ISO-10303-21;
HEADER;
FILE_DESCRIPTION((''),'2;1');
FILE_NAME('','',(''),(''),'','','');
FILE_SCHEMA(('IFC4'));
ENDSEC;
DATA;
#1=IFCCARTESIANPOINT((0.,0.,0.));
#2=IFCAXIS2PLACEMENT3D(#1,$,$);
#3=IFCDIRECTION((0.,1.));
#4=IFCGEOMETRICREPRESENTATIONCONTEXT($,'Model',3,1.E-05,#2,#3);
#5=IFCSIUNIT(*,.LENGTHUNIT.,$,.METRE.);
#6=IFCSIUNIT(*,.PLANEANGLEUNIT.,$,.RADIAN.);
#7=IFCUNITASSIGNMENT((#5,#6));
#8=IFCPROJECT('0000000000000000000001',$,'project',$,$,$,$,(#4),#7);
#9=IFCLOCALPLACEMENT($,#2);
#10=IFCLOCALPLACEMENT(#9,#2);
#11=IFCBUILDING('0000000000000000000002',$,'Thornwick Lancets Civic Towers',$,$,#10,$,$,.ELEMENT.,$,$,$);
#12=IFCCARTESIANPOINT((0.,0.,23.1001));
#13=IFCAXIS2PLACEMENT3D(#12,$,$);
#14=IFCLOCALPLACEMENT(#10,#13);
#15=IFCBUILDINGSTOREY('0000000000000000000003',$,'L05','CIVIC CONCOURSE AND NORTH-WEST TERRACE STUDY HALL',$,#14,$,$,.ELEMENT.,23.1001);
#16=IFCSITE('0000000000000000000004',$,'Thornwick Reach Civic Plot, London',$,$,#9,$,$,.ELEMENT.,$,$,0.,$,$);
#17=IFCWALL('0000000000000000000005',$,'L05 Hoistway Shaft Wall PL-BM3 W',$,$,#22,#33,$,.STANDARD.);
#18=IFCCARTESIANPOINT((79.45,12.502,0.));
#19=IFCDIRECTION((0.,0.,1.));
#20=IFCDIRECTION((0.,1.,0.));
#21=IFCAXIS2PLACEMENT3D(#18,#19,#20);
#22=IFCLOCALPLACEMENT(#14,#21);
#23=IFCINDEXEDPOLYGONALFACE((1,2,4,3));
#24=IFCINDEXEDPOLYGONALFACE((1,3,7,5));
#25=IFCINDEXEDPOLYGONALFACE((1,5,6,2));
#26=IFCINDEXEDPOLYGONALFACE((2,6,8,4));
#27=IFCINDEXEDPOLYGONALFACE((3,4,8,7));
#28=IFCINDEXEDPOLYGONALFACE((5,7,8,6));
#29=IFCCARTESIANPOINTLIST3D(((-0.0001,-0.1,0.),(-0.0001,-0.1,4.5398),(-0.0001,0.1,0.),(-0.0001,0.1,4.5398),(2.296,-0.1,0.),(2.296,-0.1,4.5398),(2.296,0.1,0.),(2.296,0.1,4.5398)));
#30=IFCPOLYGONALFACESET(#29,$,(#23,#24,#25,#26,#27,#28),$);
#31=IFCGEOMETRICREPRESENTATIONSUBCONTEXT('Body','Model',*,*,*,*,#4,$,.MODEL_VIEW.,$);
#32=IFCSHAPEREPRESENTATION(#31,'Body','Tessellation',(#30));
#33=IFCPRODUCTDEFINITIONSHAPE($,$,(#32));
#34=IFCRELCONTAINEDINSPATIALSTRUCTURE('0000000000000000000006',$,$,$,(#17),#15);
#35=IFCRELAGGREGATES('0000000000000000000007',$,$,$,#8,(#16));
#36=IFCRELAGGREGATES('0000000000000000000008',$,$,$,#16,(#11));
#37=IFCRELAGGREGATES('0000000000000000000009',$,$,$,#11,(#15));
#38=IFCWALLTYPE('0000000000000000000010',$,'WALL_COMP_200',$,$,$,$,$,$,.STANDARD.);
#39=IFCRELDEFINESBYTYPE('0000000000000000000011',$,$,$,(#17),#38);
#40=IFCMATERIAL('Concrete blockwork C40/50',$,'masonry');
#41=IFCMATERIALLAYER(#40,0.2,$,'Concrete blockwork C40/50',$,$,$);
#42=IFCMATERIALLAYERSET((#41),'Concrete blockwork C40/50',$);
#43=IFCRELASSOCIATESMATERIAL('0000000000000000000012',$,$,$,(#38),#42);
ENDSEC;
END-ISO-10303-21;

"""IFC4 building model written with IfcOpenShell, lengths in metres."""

from ifc_helpers import new_model, si_unit, direction, frame, frame_2d, origin, place, context, subcontext, project, spatial, rectangle, extrude, material, layer, layer_set, type_object, element, save


model = new_model("IFC4")

# Units and contexts
model_context = context("Model", 3, precision=1e-05, world=origin(), true_north=direction((0.0, 1.0)))
body_context = subcontext(model_context, "Body", "Model", "MODEL_VIEW")
ifc_project = project(units=[si_unit("LENGTHUNIT", "METRE"), si_unit("PLANEANGLEUNIT", "RADIAN")], contexts=[model_context])

# Site, building, storey
site_placement = place(None, origin())
site = spatial("IfcSite", under=ifc_project, at=site_placement, Name="Thornwick Reach Civic Plot, London", CompositionType="ELEMENT", RefElevation=0.0)
building_placement = place(site_placement, origin())
building = spatial("IfcBuilding", under=site, at=building_placement, Name="Thornwick Lancets Civic Towers", CompositionType="ELEMENT")
storey_placement = place(building_placement, frame((0.0, 0.0, 23.1001)))
storey = spatial("IfcBuildingStorey", under=building, at=storey_placement, Name="L05", Description="CIVIC CONCOURSE AND NORTH-WEST TERRACE STUDY HALL", CompositionType="ELEMENT", Elevation=23.1001)

# Shared definitions
ifc_material_1 = material(Name="Concrete blockwork C40/50", Category="masonry")
ifc_layer_1 = layer(ifc_material_1, 0.2, Name="Concrete blockwork C40/50")
ifc_layer_set_1 = layer_set([ifc_layer_1], Name="Concrete blockwork C40/50")
wall_type_1 = type_object("IfcWallType", Name="WALL_COMP_200", PredefinedType="STANDARD", material=ifc_layer_set_1)

# Wall
wall_1_placement = place(storey_placement, frame((79.45, 12.502, 0.0), z_axis=(0.0, 0.0, 1.0), x_axis=(0.0, 1.0, 0.0)))
element("IfcWall", 1, at=wall_1_placement, inside=storey, type_object=wall_type_1, Name="L05 Hoistway Shaft Wall PL-BM3 W", PredefinedType="STANDARD", context=body_context, shape_type="SweptSolid", body=[
    extrude(rectangle(XDim=2.2961, YDim=0.2, at=frame_2d((1.1479, 0.0))), origin(), (0.0, 0.0, 1.0), 4.5398),
])

save(model, "model.ifc")
